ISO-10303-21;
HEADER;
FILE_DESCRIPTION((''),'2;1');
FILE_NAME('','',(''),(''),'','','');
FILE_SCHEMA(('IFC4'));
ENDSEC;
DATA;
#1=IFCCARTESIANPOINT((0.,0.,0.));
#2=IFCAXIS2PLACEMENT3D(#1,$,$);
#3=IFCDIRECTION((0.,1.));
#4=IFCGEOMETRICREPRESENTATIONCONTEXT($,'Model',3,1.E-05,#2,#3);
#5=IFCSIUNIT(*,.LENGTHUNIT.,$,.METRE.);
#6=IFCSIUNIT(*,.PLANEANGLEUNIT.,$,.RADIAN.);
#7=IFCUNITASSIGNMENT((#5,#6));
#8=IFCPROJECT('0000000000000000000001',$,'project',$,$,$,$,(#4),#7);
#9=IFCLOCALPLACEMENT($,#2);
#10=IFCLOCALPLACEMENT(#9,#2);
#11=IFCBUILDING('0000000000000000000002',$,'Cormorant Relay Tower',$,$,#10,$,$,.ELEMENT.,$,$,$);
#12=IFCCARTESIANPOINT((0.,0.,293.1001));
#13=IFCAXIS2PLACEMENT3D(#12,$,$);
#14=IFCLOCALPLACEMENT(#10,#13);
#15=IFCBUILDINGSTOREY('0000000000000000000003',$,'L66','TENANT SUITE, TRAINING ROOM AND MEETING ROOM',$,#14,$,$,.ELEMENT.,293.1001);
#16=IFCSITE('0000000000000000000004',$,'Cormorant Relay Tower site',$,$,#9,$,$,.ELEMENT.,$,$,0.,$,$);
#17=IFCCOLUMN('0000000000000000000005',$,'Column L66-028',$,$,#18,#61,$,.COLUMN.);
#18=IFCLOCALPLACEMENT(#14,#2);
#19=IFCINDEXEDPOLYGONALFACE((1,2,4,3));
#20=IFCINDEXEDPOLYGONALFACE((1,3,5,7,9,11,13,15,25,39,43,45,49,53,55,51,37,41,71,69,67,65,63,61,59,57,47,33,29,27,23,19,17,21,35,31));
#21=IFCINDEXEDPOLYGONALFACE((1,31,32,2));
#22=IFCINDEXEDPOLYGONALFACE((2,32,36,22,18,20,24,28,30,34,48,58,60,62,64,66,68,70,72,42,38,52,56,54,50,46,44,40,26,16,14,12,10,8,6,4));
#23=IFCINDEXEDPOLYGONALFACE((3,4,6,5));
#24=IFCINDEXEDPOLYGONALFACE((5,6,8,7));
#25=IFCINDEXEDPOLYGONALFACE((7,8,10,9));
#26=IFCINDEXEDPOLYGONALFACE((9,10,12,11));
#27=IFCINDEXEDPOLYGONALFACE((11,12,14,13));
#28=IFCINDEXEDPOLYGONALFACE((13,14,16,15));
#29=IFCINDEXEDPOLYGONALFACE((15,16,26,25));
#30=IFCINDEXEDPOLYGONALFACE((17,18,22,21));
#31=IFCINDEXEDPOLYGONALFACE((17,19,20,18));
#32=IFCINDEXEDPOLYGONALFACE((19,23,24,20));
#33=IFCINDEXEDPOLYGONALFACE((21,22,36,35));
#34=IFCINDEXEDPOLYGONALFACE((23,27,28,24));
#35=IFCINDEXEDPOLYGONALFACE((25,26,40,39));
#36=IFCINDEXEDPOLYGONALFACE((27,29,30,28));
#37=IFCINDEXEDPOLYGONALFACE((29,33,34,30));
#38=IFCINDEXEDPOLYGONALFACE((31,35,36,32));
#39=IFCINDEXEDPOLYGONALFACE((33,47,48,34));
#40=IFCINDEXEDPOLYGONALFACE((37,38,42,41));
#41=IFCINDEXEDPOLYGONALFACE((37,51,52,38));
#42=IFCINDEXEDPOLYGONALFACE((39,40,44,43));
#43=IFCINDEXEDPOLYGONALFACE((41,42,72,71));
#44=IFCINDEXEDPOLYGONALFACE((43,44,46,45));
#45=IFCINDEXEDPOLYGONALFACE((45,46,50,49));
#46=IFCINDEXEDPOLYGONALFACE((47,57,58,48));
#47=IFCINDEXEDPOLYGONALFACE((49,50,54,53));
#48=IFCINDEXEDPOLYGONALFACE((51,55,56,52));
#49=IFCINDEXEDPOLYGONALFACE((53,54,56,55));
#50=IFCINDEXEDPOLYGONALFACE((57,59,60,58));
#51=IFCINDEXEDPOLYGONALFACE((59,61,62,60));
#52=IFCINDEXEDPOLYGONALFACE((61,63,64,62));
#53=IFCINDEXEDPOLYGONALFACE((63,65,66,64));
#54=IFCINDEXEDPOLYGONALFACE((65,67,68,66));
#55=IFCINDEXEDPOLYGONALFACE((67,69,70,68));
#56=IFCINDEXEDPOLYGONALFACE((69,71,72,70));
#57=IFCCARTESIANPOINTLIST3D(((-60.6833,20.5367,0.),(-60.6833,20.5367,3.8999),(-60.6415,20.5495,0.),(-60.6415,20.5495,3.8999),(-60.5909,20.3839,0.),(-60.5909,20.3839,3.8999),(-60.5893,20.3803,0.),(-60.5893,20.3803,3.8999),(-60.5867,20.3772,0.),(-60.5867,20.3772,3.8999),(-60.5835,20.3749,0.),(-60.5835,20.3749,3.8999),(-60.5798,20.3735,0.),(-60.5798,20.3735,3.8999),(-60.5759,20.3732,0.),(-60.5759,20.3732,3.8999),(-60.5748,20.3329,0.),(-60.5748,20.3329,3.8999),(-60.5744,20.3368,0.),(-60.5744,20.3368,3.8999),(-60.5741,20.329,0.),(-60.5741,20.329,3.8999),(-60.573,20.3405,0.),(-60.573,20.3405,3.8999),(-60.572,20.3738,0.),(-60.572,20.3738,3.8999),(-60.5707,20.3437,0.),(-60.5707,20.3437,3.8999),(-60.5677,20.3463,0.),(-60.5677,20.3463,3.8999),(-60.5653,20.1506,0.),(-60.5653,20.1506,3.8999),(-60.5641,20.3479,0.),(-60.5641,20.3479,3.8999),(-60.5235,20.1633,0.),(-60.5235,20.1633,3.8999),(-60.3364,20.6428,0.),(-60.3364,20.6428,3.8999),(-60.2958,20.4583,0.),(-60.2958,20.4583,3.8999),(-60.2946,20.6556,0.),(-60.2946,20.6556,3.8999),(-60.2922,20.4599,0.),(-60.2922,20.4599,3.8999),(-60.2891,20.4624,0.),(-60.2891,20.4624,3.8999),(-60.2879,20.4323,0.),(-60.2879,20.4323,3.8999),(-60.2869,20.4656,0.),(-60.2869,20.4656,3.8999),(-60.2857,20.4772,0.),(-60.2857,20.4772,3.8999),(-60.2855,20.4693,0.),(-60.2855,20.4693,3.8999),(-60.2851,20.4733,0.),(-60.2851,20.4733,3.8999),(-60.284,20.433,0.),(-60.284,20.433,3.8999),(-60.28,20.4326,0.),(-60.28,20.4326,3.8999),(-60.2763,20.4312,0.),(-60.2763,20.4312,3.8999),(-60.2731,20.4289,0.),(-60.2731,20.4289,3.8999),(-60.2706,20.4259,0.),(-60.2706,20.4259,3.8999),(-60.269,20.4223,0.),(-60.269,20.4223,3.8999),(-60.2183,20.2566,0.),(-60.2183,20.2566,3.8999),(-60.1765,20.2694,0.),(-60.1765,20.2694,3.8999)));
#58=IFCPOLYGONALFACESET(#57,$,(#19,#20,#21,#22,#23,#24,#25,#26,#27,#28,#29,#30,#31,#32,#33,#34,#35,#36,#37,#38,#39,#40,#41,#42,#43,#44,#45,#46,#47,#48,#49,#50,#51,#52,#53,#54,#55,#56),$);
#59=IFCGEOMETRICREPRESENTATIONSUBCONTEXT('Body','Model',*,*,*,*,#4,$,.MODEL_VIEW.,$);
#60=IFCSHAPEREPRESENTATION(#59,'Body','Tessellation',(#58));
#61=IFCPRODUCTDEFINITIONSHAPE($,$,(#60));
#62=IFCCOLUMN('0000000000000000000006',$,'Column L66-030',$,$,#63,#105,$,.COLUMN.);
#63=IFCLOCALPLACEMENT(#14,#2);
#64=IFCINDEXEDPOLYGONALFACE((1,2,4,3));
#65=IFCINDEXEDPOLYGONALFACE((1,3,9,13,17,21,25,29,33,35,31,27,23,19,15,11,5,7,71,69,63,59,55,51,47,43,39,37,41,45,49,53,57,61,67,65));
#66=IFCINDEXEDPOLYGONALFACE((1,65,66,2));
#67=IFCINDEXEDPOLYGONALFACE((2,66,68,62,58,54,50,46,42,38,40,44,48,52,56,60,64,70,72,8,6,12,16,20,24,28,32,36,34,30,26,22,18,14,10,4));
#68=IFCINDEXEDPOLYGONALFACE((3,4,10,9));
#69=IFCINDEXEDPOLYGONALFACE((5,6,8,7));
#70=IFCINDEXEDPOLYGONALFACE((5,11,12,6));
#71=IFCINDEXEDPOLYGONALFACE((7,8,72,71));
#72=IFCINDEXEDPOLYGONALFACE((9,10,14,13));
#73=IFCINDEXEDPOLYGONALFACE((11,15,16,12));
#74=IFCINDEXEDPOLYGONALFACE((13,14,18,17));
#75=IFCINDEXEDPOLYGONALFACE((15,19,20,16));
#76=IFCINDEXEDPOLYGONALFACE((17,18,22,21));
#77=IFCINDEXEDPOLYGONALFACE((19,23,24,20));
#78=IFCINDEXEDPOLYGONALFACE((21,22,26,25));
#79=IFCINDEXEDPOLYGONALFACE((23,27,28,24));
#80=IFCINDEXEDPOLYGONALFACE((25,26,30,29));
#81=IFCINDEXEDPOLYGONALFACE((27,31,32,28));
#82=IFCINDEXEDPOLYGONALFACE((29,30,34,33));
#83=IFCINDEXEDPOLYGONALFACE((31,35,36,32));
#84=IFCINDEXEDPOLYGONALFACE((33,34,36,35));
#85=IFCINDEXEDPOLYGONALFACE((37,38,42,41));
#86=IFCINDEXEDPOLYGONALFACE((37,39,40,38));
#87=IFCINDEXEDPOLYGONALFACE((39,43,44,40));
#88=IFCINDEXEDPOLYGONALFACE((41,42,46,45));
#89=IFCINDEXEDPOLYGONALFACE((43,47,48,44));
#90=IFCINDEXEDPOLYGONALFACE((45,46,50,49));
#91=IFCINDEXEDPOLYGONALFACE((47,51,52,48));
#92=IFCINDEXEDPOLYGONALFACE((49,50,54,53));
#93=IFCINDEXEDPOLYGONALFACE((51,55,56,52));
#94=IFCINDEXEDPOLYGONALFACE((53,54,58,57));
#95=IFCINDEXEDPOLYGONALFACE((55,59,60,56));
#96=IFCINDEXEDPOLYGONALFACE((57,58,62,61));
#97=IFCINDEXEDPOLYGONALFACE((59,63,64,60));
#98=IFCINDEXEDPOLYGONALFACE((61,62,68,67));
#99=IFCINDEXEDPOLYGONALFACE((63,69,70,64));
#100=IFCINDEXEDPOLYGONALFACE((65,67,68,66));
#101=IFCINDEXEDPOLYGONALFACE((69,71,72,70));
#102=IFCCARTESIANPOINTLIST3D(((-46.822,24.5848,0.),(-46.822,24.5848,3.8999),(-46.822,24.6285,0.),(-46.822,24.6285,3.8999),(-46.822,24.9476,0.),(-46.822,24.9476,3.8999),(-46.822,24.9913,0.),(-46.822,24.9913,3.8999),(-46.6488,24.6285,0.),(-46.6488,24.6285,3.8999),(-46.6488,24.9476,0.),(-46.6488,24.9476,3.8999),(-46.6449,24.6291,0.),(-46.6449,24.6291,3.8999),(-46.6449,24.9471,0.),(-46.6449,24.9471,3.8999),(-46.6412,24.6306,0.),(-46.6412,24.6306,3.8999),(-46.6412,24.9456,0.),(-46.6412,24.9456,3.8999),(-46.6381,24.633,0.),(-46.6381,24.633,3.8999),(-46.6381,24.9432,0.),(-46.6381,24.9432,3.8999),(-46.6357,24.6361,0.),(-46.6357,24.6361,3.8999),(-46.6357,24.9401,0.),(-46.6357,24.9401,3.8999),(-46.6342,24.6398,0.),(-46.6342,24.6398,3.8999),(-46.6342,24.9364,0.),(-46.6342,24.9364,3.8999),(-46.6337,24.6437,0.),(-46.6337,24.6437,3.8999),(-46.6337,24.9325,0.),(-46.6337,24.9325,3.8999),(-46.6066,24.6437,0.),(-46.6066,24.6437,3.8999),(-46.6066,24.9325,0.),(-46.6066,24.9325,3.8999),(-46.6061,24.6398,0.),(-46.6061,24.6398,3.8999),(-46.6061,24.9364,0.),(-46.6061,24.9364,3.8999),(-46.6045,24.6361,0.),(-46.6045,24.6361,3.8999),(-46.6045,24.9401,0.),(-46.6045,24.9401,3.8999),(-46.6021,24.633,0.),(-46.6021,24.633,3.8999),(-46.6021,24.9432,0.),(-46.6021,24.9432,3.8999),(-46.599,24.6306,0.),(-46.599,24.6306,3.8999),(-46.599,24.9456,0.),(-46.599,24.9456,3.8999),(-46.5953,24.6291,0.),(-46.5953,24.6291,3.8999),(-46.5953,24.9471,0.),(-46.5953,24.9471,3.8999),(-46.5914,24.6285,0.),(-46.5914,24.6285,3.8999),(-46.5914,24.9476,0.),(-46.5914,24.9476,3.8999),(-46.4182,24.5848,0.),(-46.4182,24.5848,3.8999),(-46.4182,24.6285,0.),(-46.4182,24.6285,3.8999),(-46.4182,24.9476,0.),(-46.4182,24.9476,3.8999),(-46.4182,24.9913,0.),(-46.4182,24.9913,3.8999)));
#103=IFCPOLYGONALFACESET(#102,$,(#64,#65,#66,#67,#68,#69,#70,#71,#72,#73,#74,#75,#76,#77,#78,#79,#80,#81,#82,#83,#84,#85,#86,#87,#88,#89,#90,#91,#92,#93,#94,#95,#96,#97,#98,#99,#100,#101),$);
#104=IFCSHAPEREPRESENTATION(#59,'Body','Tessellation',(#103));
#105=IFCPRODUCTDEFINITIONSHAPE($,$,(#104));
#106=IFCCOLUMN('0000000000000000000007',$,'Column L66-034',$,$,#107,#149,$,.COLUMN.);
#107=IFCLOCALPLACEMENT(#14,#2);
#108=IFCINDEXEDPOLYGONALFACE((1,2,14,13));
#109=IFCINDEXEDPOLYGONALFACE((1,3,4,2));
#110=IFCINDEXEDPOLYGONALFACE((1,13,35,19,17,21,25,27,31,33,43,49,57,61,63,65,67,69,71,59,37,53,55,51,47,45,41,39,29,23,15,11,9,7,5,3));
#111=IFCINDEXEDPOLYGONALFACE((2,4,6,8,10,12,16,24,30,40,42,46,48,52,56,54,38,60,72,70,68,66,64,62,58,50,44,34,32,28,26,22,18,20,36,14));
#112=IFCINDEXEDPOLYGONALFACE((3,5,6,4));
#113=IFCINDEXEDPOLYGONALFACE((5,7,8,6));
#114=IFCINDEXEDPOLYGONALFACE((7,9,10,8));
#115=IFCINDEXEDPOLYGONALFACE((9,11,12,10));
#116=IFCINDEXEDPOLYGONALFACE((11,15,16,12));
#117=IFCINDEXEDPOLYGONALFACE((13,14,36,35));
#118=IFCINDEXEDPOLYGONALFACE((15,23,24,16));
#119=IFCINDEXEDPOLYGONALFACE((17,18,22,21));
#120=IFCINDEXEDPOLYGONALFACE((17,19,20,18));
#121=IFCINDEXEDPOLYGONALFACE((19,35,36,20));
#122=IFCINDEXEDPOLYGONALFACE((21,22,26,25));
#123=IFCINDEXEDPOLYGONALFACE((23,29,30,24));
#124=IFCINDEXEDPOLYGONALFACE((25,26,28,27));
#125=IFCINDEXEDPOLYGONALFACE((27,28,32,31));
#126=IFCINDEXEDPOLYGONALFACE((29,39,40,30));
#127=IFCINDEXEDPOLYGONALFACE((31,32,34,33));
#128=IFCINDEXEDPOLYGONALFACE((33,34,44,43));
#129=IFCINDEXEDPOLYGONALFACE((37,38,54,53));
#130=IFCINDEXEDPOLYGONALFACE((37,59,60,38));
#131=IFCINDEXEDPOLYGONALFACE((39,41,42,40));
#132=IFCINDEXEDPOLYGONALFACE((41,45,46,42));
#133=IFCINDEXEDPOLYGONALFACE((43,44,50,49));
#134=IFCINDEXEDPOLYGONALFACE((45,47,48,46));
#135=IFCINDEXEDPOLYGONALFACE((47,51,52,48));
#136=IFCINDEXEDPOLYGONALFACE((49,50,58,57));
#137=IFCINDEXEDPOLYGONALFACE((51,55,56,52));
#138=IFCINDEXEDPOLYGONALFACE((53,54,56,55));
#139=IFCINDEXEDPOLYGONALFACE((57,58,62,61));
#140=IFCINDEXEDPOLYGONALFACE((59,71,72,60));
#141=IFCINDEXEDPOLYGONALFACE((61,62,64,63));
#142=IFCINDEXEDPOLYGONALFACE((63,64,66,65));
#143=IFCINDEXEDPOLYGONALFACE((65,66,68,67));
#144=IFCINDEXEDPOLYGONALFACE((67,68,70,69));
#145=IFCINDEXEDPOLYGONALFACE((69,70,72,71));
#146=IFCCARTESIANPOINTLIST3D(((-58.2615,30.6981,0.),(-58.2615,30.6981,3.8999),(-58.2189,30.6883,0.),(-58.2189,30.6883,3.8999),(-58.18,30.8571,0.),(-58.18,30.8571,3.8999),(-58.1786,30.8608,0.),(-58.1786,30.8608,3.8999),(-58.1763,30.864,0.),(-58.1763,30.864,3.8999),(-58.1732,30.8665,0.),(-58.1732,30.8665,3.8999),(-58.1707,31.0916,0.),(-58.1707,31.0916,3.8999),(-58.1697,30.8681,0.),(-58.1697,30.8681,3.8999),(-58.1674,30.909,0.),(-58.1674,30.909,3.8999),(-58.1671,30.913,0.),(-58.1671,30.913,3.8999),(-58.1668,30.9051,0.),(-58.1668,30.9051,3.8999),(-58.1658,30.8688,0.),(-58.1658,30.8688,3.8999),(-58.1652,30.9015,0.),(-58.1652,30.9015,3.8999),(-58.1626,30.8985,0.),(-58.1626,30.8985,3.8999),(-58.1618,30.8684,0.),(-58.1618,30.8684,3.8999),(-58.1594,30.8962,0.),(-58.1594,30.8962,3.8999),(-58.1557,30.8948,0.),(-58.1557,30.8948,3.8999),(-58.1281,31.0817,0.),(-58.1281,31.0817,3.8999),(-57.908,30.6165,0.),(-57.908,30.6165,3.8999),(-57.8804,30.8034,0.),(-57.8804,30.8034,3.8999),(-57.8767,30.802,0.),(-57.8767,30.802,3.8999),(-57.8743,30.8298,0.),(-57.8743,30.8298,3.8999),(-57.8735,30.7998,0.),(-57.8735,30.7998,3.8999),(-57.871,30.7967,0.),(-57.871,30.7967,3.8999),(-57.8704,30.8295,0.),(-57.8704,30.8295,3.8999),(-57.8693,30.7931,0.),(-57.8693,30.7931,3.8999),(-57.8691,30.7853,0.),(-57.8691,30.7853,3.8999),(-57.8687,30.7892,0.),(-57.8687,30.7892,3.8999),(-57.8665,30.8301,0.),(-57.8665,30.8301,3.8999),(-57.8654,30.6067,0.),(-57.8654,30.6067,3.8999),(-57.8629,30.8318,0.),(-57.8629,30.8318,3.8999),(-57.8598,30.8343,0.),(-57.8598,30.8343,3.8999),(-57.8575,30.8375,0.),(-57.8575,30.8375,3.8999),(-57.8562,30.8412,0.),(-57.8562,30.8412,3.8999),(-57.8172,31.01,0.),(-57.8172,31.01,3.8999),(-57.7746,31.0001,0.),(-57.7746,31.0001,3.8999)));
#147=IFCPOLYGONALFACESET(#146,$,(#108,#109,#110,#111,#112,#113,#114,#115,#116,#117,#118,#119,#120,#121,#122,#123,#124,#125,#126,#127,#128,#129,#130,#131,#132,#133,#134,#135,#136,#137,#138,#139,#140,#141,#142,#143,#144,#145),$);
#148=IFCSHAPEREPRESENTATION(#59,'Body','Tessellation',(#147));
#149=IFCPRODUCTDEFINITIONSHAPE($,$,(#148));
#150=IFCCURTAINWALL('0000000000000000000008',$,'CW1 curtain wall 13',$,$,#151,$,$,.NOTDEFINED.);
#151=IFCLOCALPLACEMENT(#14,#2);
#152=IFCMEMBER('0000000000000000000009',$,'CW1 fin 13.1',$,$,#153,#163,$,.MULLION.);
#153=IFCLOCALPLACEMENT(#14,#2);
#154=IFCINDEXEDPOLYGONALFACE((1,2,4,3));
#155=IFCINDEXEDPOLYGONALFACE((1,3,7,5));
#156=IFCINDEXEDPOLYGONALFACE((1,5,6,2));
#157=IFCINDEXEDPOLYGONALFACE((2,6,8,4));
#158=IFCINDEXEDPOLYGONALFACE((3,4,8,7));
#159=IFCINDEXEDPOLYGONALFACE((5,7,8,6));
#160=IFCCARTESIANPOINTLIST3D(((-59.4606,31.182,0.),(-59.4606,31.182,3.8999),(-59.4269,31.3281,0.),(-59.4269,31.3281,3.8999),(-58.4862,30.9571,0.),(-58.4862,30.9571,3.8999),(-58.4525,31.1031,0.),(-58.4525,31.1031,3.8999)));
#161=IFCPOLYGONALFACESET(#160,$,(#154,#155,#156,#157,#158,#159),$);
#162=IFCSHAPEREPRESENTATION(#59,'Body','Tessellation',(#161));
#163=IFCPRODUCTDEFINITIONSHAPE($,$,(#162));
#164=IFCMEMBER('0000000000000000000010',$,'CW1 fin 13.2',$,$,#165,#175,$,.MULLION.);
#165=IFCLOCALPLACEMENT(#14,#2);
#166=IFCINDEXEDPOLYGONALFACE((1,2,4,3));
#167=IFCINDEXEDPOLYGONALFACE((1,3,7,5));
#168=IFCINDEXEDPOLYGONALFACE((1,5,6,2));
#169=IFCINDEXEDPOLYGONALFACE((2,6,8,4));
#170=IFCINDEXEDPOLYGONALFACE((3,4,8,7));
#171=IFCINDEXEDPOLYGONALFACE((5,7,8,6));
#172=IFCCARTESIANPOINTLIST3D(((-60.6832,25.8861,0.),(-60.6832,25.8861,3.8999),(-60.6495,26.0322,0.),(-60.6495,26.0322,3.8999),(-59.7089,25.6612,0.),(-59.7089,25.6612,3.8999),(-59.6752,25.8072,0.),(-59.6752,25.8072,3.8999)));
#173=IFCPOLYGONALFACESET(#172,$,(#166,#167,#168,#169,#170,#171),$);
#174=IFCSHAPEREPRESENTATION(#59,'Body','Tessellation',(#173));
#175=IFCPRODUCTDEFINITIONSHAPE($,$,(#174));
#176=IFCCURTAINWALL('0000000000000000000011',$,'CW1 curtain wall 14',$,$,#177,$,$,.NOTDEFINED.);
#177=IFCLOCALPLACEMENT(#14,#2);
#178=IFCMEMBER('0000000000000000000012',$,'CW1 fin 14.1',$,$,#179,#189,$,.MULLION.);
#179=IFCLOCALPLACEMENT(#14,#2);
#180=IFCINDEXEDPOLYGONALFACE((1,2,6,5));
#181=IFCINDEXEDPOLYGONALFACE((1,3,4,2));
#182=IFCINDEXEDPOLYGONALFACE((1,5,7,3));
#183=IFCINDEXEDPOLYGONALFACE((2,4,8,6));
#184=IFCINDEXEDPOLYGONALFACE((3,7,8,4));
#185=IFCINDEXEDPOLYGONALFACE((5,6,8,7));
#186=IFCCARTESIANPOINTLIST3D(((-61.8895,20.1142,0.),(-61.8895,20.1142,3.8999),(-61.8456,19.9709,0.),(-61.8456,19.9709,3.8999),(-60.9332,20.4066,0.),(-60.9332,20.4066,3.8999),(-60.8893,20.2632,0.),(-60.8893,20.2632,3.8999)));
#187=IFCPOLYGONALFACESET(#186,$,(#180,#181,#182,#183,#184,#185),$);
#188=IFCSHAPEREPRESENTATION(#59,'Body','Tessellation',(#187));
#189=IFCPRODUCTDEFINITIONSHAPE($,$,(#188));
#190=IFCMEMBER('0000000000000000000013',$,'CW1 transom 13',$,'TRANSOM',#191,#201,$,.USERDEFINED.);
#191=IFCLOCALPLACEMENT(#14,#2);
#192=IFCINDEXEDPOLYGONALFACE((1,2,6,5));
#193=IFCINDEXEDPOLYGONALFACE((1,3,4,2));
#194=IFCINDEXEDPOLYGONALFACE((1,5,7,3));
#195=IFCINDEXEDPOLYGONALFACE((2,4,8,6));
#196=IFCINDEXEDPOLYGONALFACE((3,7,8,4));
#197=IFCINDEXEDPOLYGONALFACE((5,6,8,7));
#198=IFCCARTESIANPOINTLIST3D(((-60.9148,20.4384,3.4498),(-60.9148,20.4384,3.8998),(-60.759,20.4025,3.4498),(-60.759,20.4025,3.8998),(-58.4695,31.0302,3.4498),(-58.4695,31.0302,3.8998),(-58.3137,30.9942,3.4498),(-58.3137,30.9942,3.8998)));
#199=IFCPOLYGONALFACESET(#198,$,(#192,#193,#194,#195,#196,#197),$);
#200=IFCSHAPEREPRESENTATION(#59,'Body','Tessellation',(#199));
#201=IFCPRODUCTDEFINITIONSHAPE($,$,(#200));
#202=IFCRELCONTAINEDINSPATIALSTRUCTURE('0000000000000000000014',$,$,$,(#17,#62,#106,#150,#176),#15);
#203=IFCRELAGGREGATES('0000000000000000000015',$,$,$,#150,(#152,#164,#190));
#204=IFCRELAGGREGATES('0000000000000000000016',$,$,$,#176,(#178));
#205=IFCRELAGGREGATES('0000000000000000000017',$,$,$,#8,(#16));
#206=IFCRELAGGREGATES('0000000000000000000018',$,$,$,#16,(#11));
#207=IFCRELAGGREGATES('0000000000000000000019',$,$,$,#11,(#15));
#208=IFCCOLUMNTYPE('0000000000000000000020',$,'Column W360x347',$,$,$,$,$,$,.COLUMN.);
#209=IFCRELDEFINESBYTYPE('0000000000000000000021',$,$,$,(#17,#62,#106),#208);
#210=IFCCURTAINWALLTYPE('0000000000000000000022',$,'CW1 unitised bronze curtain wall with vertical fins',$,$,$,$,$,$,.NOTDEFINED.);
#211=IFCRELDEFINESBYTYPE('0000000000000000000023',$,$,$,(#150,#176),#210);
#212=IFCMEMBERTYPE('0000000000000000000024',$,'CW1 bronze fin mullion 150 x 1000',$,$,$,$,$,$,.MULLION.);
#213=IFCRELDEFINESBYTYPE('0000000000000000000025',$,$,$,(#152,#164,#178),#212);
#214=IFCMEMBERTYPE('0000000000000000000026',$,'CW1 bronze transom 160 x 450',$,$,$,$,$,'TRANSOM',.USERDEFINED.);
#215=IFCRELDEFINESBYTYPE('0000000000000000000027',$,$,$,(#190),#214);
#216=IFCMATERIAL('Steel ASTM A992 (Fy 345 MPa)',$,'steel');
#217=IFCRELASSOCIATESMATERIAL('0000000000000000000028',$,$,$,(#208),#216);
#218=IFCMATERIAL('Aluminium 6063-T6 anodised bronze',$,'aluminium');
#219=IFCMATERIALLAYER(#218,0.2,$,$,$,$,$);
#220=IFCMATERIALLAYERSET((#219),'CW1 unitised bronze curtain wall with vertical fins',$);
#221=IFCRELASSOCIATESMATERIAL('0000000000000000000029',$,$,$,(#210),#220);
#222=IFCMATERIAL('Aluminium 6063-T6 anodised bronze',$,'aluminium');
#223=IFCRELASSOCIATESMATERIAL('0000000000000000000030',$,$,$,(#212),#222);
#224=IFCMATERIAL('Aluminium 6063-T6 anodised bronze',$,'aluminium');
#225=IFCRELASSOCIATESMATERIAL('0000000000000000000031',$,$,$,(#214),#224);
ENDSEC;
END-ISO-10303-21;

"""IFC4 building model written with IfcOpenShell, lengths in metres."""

from ifc_helpers import new_model, si_unit, direction, frame, origin, origin_2d, place, context, subcontext, project, spatial, rectangle, i_section, extrude, material, layer, layer_set, material_profile, profile_set, type_object, element, aggregate, save


model = new_model("IFC4")

# Units and contexts
model_context = context("Model", 3, precision=1e-05, world=origin(), true_north=direction((0.0, 1.0)))
body_context = subcontext(model_context, "Body", "Model", "MODEL_VIEW")
ifc_project = project(units=[si_unit("LENGTHUNIT", "METRE"), si_unit("PLANEANGLEUNIT", "RADIAN")], contexts=[model_context])

# Site, building, storey
site_placement = place(None, origin())
site = spatial("IfcSite", under=ifc_project, at=site_placement, Name="Cormorant Relay Tower site", CompositionType="ELEMENT", RefElevation=0.0)
building_placement = place(site_placement, origin())
building = spatial("IfcBuilding", under=site, at=building_placement, Name="Cormorant Relay Tower", CompositionType="ELEMENT")
storey_placement = place(building_placement, frame((0.0, 0.0, 293.1001)))
storey = spatial("IfcBuildingStorey", under=building, at=storey_placement, Name="L66", Description="TENANT SUITE, TRAINING ROOM AND MEETING ROOM", CompositionType="ELEMENT", Elevation=293.1001)

# Columns
ifc_material_1 = material(Name="Steel ASTM A992 (Fy 345 MPa)", Category="steel")
ifc_material_profile_1 = material_profile(ifc_material_1, i_section(OverallWidth=0.4038, OverallDepth=0.4065, WebThickness=0.0271, FlangeThickness=0.0437, FilletRadius=0.0151, at=origin_2d()), Name="W360x347")
ifc_profile_set_1 = profile_set([ifc_material_profile_1], Name="Steel ASTM A992 (Fy 345 MPa)")
column_type = type_object("IfcColumnType", Name="Column W360x347", PredefinedType="COLUMN", material=ifc_profile_set_1)
for number, where, z_axis, x_axis, name in (
    (1, (-60.4299, 20.4031, 0.0), (0.0, 0.0, 1.0), (0.292372, -0.956305, 0.0), "Column L66-028"),
    (2, (-46.6201, 24.7881, 0.0), (0.0, 0.0, 1.0), (1.0, 0.0, 0.0), "Column L66-030"),
    (3, (-58.0181, 30.8491, 0.0), (0.0, 0.0, 1.0), (-0.224951, -0.97437, 0.0), "Column L66-034"),
):
    element("IfcColumn", number, at=place(storey_placement, frame(where, z_axis=z_axis, x_axis=x_axis)), inside=storey, type_object=column_type, Name=name, PredefinedType="COLUMN", context=body_context, shape_type="SweptSolid", body=[
        extrude(i_section(OverallWidth=0.4038, OverallDepth=0.4065, WebThickness=0.0271, FlangeThickness=0.0437, FilletRadius=0.0151, at=origin_2d()), origin(), (0.0, 0.0, 1.0), 3.8999),
    ])

# Curtain wall, members
ifc_material_2 = material(Name="Aluminium 6063-T6 anodised bronze", Category="aluminium")
ifc_layer_1 = layer(ifc_material_2, 0.2)
ifc_layer_set_1 = layer_set([ifc_layer_1], Name="CW1 unitised bronze curtain wall with vertical fins")
curtain_wall_type = type_object("IfcCurtainWallType", Name="CW1 unitised bronze curtain wall with vertical fins", PredefinedType="NOTDEFINED", material=ifc_layer_set_1)
curtain_wall_1_placement = place(storey_placement, origin())
curtain_wall_1 = element("IfcCurtainWall", 4, at=curtain_wall_1_placement, inside=storey, type_object=curtain_wall_type, Name="CW1 curtain wall 13", PredefinedType="NOTDEFINED")
ifc_material_3 = material(Name="Aluminium 6063-T6 anodised bronze", Category="aluminium")
ifc_material_profile_2 = material_profile(ifc_material_3, rectangle(XDim=0.1499, YDim=1.0, at=origin_2d()), Name="AL 150x1000")
ifc_profile_set_2 = profile_set([ifc_material_profile_2], Name="Aluminium 6063-T6 anodised bronze")
member_type_1 = type_object("IfcMemberType", Name="CW1 bronze fin mullion 150 x 1000", PredefinedType="MULLION", material=ifc_profile_set_2)
member_1_placement = place(storey_placement, frame((-58.9565, 31.1426, 0.0), z_axis=(0.0, 0.0, 1.0), x_axis=(-0.224951, -0.97437, 0.0)))
member_1 = element("IfcMember", 5, at=member_1_placement, type_object=member_type_1, Name="CW1 fin 13.1", PredefinedType="MULLION", context=body_context, shape_type="SweptSolid", body=[
    extrude(rectangle(XDim=0.1499, YDim=1.0, at=origin_2d()), origin(), (0.0, 0.0, 1.0), 3.8999),
])
member_2_placement = place(storey_placement, frame((-60.1792, 25.8467, 0.0), z_axis=(0.0, 0.0, 1.0), x_axis=(-0.224951, -0.97437, 0.0)))
member_2 = element("IfcMember", 6, at=member_2_placement, type_object=member_type_1, Name="CW1 fin 13.2", PredefinedType="MULLION", context=body_context, shape_type="SweptSolid", body=[
    extrude(rectangle(XDim=0.1499, YDim=1.0, at=origin_2d()), origin(), (0.0, 0.0, 1.0), 3.8999),
])

# Curtain wall, member
curtain_wall_2_placement = place(storey_placement, origin())
curtain_wall_2 = element("IfcCurtainWall", 7, at=curtain_wall_2_placement, inside=storey, type_object=curtain_wall_type, Name="CW1 curtain wall 14", PredefinedType="NOTDEFINED")
member_3_placement = place(storey_placement, frame((-61.3894, 20.1887, 0.0), z_axis=(0.0, 0.0, 1.0), x_axis=(0.292372, -0.956305, 0.0)))
member_3 = element("IfcMember", 8, at=member_3_placement, type_object=member_type_1, Name="CW1 fin 14.1", PredefinedType="MULLION", context=body_context, shape_type="SweptSolid", body=[
    extrude(rectangle(XDim=0.1499, YDim=1.0, at=origin_2d()), origin(), (0.0, 0.0, 1.0), 3.8999),
])

# Member
ifc_material_4 = material(Name="Aluminium 6063-T6 anodised bronze", Category="aluminium")
ifc_material_profile_3 = material_profile(ifc_material_4, rectangle(XDim=0.1599, YDim=0.45, at=origin_2d()), Name="AL 160x450")
ifc_profile_set_3 = profile_set([ifc_material_profile_3], Name="Aluminium 6063-T6 anodised bronze")
member_type_2 = type_object("IfcMemberType", Name="CW1 bronze transom 160 x 450", ElementType="TRANSOM", PredefinedType="USERDEFINED", material=ifc_profile_set_3)
member_4_placement = place(storey_placement, frame((-58.3916, 31.0122, 3.6748), z_axis=(-0.224951, -0.97437, 0.0), x_axis=(0.97437, -0.224951, 0.0)))
member_4 = element("IfcMember", 9, at=member_4_placement, type_object=member_type_2, Name="CW1 transom 13", ObjectType="TRANSOM", PredefinedType="USERDEFINED", context=body_context, shape_type="SweptSolid", body=[
    extrude(rectangle(XDim=0.1599, YDim=0.45, at=origin_2d()), origin(), (0.0, 0.0, 1.0), 10.8704),
])

aggregate(curtain_wall_1, [member_1, member_2, member_4])
aggregate(curtain_wall_2, [member_3])

save(model, "model.ifc")
